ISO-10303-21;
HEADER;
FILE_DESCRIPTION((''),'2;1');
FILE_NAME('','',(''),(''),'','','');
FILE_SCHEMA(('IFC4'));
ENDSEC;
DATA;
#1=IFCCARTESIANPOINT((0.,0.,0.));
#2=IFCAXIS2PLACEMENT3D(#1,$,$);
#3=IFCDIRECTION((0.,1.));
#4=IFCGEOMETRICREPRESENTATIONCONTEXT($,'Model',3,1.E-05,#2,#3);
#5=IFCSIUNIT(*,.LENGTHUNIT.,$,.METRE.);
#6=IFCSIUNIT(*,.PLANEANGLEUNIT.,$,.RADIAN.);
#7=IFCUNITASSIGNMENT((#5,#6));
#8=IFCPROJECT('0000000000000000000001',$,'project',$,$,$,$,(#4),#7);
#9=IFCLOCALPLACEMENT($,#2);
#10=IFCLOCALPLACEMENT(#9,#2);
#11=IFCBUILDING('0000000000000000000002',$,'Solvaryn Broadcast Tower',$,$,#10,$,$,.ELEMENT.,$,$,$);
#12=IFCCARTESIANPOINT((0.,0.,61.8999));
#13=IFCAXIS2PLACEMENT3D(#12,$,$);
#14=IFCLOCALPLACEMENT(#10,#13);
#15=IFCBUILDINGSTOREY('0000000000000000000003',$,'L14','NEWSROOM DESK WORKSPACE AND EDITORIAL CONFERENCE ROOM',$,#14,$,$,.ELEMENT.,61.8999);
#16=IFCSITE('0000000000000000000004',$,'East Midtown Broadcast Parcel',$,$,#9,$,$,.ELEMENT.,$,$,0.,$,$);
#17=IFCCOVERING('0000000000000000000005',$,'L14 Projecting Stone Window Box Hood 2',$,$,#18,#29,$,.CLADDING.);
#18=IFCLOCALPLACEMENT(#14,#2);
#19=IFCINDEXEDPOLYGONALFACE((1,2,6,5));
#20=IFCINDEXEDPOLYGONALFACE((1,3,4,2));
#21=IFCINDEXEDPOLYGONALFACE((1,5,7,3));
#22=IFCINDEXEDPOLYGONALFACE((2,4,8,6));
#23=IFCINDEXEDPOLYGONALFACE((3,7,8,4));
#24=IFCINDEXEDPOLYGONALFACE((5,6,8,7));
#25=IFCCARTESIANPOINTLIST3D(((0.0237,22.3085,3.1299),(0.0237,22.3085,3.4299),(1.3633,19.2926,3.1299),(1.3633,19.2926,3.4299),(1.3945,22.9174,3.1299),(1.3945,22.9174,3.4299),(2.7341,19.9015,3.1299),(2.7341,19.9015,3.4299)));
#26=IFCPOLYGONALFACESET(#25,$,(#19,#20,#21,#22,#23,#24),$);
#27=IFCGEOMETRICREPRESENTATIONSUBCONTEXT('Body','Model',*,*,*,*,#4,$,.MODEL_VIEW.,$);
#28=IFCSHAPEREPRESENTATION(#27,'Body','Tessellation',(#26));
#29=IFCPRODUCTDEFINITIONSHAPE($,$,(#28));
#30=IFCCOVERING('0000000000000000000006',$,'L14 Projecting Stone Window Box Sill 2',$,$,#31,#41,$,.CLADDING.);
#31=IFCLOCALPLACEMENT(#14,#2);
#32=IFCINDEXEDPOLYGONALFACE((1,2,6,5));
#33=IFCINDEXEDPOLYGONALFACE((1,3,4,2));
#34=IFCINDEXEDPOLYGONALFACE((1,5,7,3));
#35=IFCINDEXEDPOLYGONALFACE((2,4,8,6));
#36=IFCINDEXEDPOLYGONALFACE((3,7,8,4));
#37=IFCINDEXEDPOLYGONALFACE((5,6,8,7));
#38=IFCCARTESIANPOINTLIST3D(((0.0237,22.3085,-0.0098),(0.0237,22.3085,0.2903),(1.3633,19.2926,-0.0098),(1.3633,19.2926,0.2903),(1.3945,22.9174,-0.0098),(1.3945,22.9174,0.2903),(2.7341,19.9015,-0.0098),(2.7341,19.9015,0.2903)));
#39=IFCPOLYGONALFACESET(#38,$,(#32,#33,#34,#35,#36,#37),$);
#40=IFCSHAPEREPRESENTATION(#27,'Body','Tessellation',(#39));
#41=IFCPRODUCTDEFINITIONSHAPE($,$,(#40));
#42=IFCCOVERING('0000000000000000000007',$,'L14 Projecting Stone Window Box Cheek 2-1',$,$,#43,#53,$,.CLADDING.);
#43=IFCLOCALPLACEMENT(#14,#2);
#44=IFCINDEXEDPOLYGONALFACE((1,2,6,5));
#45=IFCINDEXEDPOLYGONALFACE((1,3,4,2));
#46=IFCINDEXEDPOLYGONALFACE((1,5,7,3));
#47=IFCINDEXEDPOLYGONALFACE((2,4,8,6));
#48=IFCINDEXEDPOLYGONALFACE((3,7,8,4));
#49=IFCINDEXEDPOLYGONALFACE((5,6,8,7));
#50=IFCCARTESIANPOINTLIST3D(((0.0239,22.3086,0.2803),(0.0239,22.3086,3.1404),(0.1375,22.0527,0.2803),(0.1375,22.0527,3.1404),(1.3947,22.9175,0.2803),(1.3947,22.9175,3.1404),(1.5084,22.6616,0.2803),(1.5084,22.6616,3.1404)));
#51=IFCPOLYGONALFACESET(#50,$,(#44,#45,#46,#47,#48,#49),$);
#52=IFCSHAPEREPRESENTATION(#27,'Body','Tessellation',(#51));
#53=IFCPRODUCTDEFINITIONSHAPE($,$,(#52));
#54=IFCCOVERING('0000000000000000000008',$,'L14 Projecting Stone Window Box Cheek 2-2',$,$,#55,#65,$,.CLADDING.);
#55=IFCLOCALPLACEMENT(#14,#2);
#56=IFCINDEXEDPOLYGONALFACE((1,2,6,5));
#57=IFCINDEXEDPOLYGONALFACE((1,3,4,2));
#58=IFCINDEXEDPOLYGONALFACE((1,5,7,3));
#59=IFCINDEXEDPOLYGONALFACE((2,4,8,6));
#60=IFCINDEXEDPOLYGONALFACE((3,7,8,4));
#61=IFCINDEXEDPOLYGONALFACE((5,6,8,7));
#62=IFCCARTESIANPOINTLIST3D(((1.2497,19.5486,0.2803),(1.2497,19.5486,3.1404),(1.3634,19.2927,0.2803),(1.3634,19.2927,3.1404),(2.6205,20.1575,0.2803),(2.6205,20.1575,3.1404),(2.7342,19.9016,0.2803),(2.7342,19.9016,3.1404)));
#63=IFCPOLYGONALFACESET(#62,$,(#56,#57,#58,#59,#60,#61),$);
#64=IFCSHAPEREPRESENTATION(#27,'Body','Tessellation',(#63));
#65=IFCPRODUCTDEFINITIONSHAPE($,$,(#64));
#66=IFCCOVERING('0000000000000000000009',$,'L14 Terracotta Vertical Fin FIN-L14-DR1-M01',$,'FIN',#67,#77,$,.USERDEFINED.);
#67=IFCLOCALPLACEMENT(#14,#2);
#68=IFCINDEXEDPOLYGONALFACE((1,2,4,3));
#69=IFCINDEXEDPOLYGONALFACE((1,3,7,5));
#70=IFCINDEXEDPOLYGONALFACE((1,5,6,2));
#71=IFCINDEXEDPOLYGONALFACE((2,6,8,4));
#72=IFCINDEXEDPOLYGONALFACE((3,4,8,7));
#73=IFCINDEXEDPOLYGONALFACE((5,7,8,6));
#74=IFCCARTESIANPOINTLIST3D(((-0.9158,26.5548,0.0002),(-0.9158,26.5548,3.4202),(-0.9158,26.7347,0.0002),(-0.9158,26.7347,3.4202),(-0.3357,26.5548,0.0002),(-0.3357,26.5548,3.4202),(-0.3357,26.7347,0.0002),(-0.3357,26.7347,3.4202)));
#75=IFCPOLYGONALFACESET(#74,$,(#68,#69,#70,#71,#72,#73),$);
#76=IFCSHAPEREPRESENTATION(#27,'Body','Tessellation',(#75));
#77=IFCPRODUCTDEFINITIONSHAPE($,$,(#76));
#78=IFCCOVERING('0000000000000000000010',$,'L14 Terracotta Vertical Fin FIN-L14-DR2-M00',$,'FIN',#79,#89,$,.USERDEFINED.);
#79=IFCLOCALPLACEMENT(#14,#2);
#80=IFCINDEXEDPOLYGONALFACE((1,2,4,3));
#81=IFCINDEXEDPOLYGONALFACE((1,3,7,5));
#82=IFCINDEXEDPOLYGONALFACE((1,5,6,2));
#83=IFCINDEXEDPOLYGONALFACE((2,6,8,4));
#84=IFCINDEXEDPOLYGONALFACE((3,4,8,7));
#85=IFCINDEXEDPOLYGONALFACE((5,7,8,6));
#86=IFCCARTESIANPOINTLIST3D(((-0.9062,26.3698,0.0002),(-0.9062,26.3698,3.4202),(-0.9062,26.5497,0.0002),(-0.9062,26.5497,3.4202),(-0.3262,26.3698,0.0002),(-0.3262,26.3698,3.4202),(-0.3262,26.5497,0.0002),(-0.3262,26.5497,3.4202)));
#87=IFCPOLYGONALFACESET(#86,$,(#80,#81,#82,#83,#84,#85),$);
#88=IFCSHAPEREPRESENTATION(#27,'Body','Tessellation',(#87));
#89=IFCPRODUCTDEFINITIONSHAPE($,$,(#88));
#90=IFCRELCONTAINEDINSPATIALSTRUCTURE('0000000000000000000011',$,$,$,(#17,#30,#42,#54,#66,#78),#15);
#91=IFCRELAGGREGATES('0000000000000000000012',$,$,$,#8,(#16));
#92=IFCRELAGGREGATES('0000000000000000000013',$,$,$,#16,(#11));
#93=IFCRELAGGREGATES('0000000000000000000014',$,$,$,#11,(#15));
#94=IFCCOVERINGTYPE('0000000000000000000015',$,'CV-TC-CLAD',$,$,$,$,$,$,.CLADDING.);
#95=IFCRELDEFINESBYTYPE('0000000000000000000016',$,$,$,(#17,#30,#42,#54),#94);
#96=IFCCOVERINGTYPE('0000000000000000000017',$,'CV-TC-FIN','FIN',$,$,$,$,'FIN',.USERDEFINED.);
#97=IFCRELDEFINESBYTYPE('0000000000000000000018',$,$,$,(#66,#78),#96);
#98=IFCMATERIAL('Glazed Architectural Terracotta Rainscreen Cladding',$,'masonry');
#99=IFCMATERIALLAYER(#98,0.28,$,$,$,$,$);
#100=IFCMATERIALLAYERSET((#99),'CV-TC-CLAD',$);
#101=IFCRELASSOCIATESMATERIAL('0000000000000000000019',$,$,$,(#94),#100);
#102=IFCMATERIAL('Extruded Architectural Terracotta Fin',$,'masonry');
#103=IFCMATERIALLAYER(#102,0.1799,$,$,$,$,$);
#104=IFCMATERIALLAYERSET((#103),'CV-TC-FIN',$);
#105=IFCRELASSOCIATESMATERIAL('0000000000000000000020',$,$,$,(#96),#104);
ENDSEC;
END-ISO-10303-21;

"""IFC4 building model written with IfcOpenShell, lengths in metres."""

from ifc_helpers import new_model, si_unit, direction, frame, origin, origin_2d, place, context, subcontext, project, spatial, rectangle, extrude, material, layer, layer_set, type_object, element, save


model = new_model("IFC4")

# Units and contexts
model_context = context("Model", 3, precision=1e-05, world=origin(), true_north=direction((0.0, 1.0)))
body_context = subcontext(model_context, "Body", "Model", "MODEL_VIEW")
ifc_project = project(units=[si_unit("LENGTHUNIT", "METRE"), si_unit("PLANEANGLEUNIT", "RADIAN")], contexts=[model_context])

# Site, building, storey
site_placement = place(None, origin())
site = spatial("IfcSite", under=ifc_project, at=site_placement, Name="East Midtown Broadcast Parcel", CompositionType="ELEMENT", RefElevation=0.0)
building_placement = place(site_placement, origin())
building = spatial("IfcBuilding", under=site, at=building_placement, Name="Solvaryn Broadcast Tower", CompositionType="ELEMENT")
storey_placement = place(building_placement, frame((0.0, 0.0, 61.8999)))
storey = spatial("IfcBuildingStorey", under=building, at=storey_placement, Name="L14", Description="NEWSROOM DESK WORKSPACE AND EDITORIAL CONFERENCE ROOM", CompositionType="ELEMENT", Elevation=61.8999)

# Coverings
ifc_material_1 = material(Name="Glazed Architectural Terracotta Rainscreen Cladding", Category="masonry")
ifc_layer_1 = layer(ifc_material_1, 0.28)
ifc_layer_set_1 = layer_set([ifc_layer_1], Name="CV-TC-CLAD")
covering_type_1 = type_object("IfcCoveringType", Name="CV-TC-CLAD", PredefinedType="CLADDING", material=ifc_layer_set_1)
for number, where, z_axis, x_axis, name in (
    (1, (1.3789, 21.105, 3.1299), (0.0, 0.0, 1.0), (0.405939, -0.9139, 0.0), "L14 Projecting Stone Window Box Hood 2"),
    (2, (1.3789, 21.105, -0.0098), (0.0, 0.0, 1.0), (0.405939, -0.9139, 0.0), "L14 Projecting Stone Window Box Sill 2"),
):
    element("IfcCovering", number, at=place(storey_placement, frame(where, z_axis=z_axis, x_axis=x_axis)), inside=storey, type_object=covering_type_1, Name=name, PredefinedType="CLADDING", context=body_context, shape_type="SweptSolid", body=[
        extrude(rectangle(XDim=3.3, YDim=1.5, at=origin_2d()), origin(), (0.0, 0.0, 1.0), 0.3),
    ])
for number, where, z_axis, x_axis, name in (
    (3, (0.7661, 22.4851, 0.2803), (0.0, 0.0, 1.0), (0.405939, -0.9139, 0.0), "L14 Projecting Stone Window Box Cheek 2-1"),
    (4, (1.9919, 19.7251, 0.2803), (0.0, 0.0, 1.0), (0.405939, -0.9139, 0.0), "L14 Projecting Stone Window Box Cheek 2-2"),
):
    element("IfcCovering", number, at=place(storey_placement, frame(where, z_axis=z_axis, x_axis=x_axis)), inside=storey, type_object=covering_type_1, Name=name, PredefinedType="CLADDING", context=body_context, shape_type="SweptSolid", body=[
        extrude(rectangle(XDim=0.28, YDim=1.5, at=origin_2d()), origin(), (0.0, 0.0, 1.0), 2.8601),
    ])
ifc_material_2 = material(Name="Extruded Architectural Terracotta Fin", Category="masonry")
ifc_layer_2 = layer(ifc_material_2, 0.1799)
ifc_layer_set_2 = layer_set([ifc_layer_2], Name="CV-TC-FIN")
covering_type_2 = type_object("IfcCoveringType", Name="CV-TC-FIN", Description="FIN", ElementType="FIN", PredefinedType="USERDEFINED", material=ifc_layer_set_2)
for number, where, z_axis, x_axis, name in (
    (5, (-0.6257, 26.6448, 0.0002), (0.0, 0.0, 1.0), (1.0, 0.0, 0.0), "L14 Terracotta Vertical Fin FIN-L14-DR1-M01"),
    (6, (-0.6162, 26.4597, 0.0002), (0.0, 0.0, 1.0), (1.0, 0.0, 0.0), "L14 Terracotta Vertical Fin FIN-L14-DR2-M00"),
):
    element("IfcCovering", number, at=place(storey_placement, frame(where, z_axis=z_axis, x_axis=x_axis)), inside=storey, type_object=covering_type_2, Name=name, ObjectType="FIN", PredefinedType="USERDEFINED", context=body_context, shape_type="SweptSolid", body=[
        extrude(rectangle(XDim=0.5801, YDim=0.1799, at=origin_2d()), origin(), (0.0, 0.0, 1.0), 3.4199),
    ])

save(model, "model.ifc")
